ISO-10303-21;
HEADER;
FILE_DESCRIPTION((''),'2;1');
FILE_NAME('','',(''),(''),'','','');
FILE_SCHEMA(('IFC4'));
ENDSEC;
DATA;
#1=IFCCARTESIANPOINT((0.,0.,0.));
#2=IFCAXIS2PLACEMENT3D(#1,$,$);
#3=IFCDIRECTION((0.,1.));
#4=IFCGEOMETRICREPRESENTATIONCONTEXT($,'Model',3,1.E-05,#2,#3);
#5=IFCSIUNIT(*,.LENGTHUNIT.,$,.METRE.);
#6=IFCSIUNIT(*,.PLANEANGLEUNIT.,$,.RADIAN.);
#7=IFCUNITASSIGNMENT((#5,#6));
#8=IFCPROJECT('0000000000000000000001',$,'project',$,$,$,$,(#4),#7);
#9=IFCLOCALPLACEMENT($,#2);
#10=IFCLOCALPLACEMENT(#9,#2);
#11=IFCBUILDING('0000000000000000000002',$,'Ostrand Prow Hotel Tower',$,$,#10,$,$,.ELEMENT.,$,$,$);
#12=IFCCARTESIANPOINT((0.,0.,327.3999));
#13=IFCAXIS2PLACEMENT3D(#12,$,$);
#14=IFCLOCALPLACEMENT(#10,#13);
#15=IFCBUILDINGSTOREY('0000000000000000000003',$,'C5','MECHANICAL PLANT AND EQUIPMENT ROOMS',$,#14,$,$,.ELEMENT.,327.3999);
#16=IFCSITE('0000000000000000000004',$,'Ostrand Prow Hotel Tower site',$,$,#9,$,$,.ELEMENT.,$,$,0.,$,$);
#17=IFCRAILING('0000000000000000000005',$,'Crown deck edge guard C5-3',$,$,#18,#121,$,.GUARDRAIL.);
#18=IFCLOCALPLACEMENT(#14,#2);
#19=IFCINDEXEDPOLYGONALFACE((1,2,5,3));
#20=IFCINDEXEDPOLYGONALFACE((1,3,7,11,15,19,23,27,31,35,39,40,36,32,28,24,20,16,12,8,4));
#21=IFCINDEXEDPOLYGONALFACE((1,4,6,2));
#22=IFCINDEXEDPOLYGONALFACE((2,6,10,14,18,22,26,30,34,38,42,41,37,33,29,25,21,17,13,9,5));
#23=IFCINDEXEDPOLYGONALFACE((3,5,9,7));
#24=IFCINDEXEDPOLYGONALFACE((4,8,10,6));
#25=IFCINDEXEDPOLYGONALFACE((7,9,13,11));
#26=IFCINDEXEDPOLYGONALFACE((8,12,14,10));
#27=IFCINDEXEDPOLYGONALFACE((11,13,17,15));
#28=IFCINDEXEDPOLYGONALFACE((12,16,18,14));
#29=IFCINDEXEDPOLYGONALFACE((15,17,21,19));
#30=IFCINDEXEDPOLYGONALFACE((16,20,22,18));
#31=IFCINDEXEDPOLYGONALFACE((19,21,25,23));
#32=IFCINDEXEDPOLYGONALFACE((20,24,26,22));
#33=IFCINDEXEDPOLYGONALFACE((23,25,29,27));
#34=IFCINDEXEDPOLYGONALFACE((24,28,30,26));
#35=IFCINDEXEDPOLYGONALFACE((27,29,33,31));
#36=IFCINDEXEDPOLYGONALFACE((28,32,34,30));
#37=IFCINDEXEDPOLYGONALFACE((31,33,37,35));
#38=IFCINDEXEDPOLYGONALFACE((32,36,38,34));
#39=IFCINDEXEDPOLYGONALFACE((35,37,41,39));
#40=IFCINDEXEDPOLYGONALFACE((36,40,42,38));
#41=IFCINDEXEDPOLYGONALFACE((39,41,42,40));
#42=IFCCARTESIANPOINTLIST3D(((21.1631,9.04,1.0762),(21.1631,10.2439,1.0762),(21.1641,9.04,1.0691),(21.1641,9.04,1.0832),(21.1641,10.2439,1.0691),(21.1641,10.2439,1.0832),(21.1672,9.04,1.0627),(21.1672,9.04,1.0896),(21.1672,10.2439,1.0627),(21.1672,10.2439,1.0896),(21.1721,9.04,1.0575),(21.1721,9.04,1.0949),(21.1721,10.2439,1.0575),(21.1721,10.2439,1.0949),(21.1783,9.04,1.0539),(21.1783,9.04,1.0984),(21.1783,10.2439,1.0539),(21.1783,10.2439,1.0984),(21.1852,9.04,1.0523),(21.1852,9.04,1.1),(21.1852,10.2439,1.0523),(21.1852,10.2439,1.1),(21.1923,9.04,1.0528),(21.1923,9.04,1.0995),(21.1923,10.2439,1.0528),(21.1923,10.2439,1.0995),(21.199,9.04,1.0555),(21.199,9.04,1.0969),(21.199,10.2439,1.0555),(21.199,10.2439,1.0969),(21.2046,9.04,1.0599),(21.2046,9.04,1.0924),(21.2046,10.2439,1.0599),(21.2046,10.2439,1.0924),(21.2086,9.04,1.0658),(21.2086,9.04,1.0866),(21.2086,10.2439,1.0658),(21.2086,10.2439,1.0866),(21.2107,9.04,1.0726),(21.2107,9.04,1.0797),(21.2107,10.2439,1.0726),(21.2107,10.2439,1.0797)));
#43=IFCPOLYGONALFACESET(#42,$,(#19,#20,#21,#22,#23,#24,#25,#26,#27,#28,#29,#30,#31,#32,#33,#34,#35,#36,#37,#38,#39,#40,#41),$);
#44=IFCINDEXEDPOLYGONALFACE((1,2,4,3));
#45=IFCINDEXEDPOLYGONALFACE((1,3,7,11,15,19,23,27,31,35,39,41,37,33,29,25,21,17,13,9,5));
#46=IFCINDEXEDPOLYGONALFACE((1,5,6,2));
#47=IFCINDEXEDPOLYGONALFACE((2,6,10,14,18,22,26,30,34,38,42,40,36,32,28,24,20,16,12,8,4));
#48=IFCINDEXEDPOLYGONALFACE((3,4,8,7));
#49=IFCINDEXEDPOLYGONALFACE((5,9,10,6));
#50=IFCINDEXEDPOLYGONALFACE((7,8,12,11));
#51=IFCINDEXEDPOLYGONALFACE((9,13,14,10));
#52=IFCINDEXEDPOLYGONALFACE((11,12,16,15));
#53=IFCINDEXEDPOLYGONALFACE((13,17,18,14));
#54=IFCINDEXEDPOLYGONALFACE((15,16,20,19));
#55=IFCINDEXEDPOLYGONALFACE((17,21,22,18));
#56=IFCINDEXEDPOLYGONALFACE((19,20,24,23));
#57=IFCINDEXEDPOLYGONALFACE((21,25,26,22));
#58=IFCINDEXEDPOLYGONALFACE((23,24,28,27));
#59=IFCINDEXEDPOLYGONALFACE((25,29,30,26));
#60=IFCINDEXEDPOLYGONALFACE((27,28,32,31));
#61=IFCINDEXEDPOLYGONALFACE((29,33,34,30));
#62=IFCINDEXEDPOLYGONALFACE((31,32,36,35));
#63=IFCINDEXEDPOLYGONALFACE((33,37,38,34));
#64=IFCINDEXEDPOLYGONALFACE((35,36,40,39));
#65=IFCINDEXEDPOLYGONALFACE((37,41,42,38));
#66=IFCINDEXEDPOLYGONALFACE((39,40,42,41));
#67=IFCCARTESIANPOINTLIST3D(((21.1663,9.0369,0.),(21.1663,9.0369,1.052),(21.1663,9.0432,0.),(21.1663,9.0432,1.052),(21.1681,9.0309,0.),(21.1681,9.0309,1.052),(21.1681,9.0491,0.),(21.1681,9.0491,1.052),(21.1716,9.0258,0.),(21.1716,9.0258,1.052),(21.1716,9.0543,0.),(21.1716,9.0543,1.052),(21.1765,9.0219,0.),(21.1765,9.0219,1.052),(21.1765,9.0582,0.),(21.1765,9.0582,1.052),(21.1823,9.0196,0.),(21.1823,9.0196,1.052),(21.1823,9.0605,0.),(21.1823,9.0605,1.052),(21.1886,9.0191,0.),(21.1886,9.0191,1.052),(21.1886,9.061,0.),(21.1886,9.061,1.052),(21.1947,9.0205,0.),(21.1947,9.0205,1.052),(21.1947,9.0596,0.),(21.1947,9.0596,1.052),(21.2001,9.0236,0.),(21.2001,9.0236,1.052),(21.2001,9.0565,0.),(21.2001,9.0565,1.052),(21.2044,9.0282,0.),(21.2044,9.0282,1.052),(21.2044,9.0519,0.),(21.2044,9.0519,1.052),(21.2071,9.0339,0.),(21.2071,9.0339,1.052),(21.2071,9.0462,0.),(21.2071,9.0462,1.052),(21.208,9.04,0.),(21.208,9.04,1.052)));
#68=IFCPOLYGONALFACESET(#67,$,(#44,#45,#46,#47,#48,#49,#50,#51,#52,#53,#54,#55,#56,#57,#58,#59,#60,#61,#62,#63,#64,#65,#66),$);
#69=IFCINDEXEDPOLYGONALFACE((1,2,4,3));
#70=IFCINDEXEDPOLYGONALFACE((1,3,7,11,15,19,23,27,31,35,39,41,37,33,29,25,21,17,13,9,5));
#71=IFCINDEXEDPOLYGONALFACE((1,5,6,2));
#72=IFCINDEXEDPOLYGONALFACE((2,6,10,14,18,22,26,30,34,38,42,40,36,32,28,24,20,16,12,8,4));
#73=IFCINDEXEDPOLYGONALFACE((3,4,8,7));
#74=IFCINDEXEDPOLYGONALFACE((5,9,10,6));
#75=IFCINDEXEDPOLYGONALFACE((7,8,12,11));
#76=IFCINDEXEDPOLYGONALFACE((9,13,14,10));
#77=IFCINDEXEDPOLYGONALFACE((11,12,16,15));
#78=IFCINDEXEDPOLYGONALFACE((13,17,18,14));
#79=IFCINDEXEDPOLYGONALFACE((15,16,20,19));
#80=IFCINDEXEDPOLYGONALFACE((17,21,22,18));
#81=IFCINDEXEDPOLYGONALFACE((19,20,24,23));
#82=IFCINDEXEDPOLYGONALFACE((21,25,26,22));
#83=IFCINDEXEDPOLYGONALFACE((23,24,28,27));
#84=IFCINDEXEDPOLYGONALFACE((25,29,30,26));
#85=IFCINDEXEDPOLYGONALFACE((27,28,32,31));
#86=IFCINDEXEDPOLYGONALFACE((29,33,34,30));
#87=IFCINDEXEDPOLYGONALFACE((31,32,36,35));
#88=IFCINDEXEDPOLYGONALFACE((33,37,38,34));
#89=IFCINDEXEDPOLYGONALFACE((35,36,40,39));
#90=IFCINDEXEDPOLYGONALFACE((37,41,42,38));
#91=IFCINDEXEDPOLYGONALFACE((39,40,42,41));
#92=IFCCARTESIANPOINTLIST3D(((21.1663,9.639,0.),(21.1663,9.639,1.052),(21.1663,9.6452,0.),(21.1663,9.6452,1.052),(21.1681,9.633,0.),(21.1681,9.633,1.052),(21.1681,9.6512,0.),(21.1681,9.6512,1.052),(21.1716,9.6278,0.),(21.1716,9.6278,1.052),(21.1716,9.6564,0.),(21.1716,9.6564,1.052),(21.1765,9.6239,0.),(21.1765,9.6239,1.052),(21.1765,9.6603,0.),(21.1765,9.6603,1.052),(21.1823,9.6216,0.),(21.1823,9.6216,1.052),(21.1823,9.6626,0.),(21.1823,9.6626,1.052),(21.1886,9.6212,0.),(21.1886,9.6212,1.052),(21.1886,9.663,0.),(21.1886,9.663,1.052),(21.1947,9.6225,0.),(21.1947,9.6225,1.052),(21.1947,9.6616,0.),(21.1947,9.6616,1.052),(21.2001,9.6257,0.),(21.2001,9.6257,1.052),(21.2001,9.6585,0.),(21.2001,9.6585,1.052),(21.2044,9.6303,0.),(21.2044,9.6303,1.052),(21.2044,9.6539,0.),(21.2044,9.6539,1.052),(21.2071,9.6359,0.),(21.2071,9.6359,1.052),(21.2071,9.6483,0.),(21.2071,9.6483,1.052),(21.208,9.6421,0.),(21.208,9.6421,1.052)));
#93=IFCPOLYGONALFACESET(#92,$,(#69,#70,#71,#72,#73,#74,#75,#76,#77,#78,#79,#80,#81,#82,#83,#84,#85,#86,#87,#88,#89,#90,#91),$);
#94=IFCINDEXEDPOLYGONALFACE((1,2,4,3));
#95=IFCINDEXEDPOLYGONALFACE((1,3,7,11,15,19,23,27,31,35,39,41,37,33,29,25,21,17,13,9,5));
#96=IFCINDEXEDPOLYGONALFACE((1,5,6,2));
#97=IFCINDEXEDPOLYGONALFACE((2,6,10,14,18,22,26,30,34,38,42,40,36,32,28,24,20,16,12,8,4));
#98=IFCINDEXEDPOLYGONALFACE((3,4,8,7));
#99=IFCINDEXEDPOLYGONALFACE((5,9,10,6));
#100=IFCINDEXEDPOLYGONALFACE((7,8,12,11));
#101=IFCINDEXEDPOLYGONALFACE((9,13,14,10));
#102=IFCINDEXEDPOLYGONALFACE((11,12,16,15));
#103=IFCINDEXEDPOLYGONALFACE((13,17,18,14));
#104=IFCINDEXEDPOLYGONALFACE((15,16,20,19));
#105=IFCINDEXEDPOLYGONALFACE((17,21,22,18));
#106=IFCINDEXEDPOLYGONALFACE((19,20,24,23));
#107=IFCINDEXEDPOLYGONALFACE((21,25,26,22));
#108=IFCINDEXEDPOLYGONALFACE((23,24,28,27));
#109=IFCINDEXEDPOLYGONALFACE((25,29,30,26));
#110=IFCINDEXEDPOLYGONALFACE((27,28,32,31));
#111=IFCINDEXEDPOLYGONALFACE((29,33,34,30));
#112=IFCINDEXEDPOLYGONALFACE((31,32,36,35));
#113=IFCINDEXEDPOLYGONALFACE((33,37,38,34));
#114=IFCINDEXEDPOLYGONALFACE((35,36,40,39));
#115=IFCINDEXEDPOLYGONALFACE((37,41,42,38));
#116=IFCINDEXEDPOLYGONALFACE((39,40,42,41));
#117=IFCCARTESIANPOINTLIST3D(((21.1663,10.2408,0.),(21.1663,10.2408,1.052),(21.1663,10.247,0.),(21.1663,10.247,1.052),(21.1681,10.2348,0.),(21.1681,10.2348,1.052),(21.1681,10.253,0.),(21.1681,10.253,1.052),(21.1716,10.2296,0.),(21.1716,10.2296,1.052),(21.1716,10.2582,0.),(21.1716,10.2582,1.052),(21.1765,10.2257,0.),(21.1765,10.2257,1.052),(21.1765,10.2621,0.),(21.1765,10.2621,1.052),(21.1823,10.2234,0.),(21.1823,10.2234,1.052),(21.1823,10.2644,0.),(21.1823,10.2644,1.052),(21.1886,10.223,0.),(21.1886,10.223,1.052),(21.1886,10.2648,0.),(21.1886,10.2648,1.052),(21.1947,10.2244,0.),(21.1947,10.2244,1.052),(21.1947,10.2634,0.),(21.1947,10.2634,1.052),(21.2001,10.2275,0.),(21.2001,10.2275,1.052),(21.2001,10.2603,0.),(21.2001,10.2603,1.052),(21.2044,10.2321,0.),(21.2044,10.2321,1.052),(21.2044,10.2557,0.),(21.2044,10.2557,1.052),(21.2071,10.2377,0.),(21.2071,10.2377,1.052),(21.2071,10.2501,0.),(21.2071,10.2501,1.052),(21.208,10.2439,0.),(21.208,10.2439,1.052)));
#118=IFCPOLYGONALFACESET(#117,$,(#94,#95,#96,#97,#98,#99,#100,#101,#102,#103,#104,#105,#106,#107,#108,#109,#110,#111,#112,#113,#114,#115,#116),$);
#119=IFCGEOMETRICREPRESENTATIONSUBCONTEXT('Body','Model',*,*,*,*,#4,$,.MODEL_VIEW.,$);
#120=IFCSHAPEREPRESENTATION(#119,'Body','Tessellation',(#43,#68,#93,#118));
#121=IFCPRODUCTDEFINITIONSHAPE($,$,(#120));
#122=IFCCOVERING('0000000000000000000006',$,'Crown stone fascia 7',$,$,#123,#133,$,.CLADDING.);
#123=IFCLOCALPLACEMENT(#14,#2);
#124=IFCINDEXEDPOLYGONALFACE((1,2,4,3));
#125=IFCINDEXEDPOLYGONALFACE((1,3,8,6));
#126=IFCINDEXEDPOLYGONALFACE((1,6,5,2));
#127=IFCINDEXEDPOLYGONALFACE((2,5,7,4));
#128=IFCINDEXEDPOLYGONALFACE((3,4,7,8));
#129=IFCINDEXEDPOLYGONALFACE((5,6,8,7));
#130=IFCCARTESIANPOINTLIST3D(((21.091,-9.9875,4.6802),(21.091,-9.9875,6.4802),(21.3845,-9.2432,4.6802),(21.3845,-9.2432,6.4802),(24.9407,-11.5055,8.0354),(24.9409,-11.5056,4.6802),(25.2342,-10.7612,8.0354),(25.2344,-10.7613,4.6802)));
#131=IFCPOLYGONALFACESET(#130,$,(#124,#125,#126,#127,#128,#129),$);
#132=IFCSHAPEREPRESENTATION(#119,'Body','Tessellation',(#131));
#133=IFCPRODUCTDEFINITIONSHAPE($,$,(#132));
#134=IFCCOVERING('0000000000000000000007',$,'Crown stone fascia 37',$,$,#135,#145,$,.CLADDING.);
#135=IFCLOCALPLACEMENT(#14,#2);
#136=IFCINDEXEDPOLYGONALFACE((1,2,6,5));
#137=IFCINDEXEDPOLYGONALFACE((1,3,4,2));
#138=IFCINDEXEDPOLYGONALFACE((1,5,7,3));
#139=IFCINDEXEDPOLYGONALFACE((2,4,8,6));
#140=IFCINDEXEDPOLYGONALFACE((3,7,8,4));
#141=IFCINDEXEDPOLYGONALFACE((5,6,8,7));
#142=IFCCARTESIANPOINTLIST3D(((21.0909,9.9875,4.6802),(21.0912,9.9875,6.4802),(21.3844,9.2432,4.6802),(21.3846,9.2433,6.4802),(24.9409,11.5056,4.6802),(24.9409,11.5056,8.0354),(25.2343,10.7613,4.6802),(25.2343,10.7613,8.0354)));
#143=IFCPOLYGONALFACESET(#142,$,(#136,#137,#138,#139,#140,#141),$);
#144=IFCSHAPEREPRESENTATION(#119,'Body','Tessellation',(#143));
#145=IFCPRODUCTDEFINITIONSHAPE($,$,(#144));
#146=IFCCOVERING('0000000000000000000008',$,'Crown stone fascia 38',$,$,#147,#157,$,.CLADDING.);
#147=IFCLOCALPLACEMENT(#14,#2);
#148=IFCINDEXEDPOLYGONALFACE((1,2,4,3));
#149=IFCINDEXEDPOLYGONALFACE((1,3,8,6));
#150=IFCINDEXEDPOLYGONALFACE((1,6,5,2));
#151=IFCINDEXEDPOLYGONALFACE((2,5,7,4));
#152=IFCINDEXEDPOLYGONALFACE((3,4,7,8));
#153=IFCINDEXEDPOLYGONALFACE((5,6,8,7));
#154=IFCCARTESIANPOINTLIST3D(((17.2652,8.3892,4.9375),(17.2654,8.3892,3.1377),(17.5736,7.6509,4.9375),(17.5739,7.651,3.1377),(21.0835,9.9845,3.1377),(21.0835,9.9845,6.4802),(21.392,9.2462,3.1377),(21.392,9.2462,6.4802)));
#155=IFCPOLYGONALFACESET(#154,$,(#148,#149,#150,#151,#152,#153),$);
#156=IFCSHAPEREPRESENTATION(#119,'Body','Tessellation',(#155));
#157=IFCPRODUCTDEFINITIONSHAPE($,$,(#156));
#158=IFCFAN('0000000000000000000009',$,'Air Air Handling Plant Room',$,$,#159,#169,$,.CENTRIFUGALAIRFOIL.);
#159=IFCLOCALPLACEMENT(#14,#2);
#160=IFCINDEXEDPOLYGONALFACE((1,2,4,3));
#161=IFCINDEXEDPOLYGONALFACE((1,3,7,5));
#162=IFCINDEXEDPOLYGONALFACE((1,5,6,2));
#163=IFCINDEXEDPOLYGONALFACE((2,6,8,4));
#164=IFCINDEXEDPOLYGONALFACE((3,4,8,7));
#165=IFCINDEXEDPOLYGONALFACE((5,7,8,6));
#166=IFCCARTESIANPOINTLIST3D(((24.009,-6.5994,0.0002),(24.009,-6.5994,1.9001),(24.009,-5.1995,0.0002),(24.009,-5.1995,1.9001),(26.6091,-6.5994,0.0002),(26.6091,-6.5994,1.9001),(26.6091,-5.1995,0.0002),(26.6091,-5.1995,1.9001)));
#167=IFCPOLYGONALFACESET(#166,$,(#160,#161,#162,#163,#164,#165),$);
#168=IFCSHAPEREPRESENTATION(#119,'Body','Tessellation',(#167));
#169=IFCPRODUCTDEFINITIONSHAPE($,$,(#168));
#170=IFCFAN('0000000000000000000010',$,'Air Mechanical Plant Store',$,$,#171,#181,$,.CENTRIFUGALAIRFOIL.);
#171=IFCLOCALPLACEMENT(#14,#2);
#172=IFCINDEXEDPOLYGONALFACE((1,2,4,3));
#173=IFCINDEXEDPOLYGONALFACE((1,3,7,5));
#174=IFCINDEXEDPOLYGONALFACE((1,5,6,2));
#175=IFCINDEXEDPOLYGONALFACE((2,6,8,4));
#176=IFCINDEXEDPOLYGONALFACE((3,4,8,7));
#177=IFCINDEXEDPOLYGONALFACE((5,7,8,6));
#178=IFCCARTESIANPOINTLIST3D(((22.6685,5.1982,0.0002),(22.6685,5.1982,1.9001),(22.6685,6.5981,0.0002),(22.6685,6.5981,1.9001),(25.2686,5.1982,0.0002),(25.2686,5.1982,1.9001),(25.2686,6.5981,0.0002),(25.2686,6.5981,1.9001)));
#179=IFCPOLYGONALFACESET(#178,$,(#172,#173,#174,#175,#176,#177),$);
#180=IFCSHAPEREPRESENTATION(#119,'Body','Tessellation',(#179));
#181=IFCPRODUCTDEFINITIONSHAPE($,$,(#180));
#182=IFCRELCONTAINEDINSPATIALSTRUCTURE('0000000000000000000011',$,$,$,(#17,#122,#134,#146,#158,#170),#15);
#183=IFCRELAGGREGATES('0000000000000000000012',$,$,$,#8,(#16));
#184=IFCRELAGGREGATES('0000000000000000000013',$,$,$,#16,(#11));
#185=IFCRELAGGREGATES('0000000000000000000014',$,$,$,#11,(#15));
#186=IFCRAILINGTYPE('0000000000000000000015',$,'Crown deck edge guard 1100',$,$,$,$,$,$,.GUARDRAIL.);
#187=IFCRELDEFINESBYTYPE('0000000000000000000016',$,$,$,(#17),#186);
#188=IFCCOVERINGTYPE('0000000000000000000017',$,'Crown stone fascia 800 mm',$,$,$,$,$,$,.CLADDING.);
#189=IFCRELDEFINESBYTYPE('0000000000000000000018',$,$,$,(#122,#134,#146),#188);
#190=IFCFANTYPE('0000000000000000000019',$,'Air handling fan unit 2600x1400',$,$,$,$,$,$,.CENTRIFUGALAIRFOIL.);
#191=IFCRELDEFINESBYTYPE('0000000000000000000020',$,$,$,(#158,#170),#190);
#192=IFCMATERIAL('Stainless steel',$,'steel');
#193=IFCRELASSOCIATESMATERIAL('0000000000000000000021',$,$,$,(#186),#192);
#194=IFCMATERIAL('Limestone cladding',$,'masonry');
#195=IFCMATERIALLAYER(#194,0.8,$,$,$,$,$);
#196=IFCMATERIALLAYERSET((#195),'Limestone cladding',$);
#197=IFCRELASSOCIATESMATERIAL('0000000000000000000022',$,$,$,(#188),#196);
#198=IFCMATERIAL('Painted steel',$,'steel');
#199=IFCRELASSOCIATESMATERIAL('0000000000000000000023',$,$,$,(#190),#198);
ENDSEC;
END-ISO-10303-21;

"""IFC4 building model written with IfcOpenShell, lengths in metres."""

from ifc_helpers import new_model, si_unit, direction, frame, origin, origin_2d, place, context, subcontext, project, spatial, polyline, rectangle, circle, outline, extrude, material, layer, layer_set, type_object, element, save


model = new_model("IFC4")

# Units and contexts
model_context = context("Model", 3, precision=1e-05, world=origin(), true_north=direction((0.0, 1.0)))
body_context = subcontext(model_context, "Body", "Model", "MODEL_VIEW")
ifc_project = project(units=[si_unit("LENGTHUNIT", "METRE"), si_unit("PLANEANGLEUNIT", "RADIAN")], contexts=[model_context])

# Site, building, storey
site_placement = place(None, origin())
site = spatial("IfcSite", under=ifc_project, at=site_placement, Name="Ostrand Prow Hotel Tower site", CompositionType="ELEMENT", RefElevation=0.0)
building_placement = place(site_placement, origin())
building = spatial("IfcBuilding", under=site, at=building_placement, Name="Ostrand Prow Hotel Tower", CompositionType="ELEMENT")
storey_placement = place(building_placement, frame((0.0, 0.0, 327.3999)))
storey = spatial("IfcBuildingStorey", under=building, at=storey_placement, Name="C5", Description="MECHANICAL PLANT AND EQUIPMENT ROOMS", CompositionType="ELEMENT", Elevation=327.3999)

# Railing
ifc_material_1 = material(Name="Stainless steel", Category="steel")
railing_type = type_object("IfcRailingType", Name="Crown deck edge guard 1100", PredefinedType="GUARDRAIL", material=ifc_material_1)
railing_1_placement = place(storey_placement, frame((21.187, 9.04, 0.0)))
element("IfcRailing", 1, at=railing_1_placement, inside=storey, type_object=railing_type, Name="Crown deck edge guard C5-3", PredefinedType="GUARDRAIL", context=body_context, shape_type="SweptSolid", body=[
    extrude(circle(Radius=0.0239, at=origin_2d()), frame((0.0, 0.0, 1.0762), z_axis=(0.0, 1.0, 0.0), x_axis=(-1.0, 0.0, 0.0)), (0.0, 0.0, 1.0), 1.2039),
    extrude(circle(Radius=0.021, at=origin_2d()), origin(), (0.0, 0.0, 1.0), 1.052),
    extrude(circle(Radius=0.021, at=origin_2d()), frame((0.0, 0.6021, 0.0)), (0.0, 0.0, 1.0), 1.052),
    extrude(circle(Radius=0.021, at=origin_2d()), frame((0.0, 1.2039, 0.0)), (0.0, 0.0, 1.0), 1.052),
])

# Coverings
ifc_material_2 = material(Name="Limestone cladding", Category="masonry")
ifc_layer_1 = layer(ifc_material_2, 0.8)
ifc_layer_set_1 = layer_set([ifc_layer_1], Name="Limestone cladding")
covering_type_1 = type_object("IfcCoveringType", Name="Crown stone fascia 800 mm", PredefinedType="CLADDING", material=ifc_layer_set_1)
covering_1_placement = place(storey_placement, frame((21.2378, -9.6152, 4.6802), z_axis=(0.0, 0.0, 1.0), x_axis=(0.930288, -0.366829, 0.0)))
element("IfcCovering", 2, at=covering_1_placement, inside=storey, type_object=covering_type_1, Name="Crown stone fascia 7", PredefinedType="CLADDING", context=body_context, shape_type="SweptSolid", body=[
    extrude(outline(polyline([(0.0, 0.0), (4.1384, 0.0), (4.1382, 3.3552), (0.0, 1.8), (0.0, 0.0)])), frame((0.0, 0.3999, 0.0), z_axis=(0.0, -1.0, 0.0), x_axis=(1.0, 0.0, 0.0)), (0.0, 0.0, 1.0), 0.8),
])
covering_2_placement = place(storey_placement, frame((25.0876, 11.1333, 4.6802), z_axis=(0.0, 0.0, 1.0), x_axis=(-0.930288, -0.366829, 0.0)))
element("IfcCovering", 3, at=covering_2_placement, inside=storey, type_object=covering_type_1, Name="Crown stone fascia 37", PredefinedType="CLADDING", context=body_context, shape_type="SweptSolid", body=[
    extrude(outline(polyline([(0.0, 0.0), (4.1384, 0.0), (4.1382, 1.8), (0.0, 3.3552), (0.0, 0.0)])), frame((0.0, 0.3999, 0.0), z_axis=(0.0, -1.0, 0.0), x_axis=(1.0, 0.0, 0.0)), (0.0, 0.0, 1.0), 0.8),
])
covering_3_placement = place(storey_placement, frame((21.2378, 9.6152, 3.1377), z_axis=(0.0, 0.0, 1.0), x_axis=(-0.922705, -0.385508, 0.0)))
element("IfcCovering", 4, at=covering_3_placement, inside=storey, type_object=covering_type_1, Name="Crown stone fascia 38", PredefinedType="CLADDING", context=body_context, shape_type="SweptSolid", body=[
    extrude(outline(polyline([(0.0, 0.0), (4.1379, 0.0), (4.1382, 1.7998), (0.0, 3.3425), (0.0, 0.0)])), frame((0.0, 0.3999, 0.0), z_axis=(0.0, -1.0, 0.0), x_axis=(1.0, 0.0, 0.0)), (0.0, 0.0, 1.0), 0.8),
])

# Fans
ifc_material_3 = material(Name="Painted steel", Category="steel")
fan_type = type_object("IfcFanType", Name="Air handling fan unit 2600x1400", PredefinedType="CENTRIFUGALAIRFOIL", material=ifc_material_3)
for number, where, z_axis, x_axis, name in (
    (5, (25.3091, -5.8994, 0.0002), (0.0, 0.0, 1.0), (1.0, 0.0, 0.0), "Air Air Handling Plant Room"),
    (6, (23.9685, 5.8982, 0.0002), (0.0, 0.0, 1.0), (1.0, 0.0, 0.0), "Air Mechanical Plant Store"),
):
    element("IfcFan", number, at=place(storey_placement, frame(where, z_axis=z_axis, x_axis=x_axis)), inside=storey, type_object=fan_type, Name=name, PredefinedType="CENTRIFUGALAIRFOIL", context=body_context, shape_type="SweptSolid", body=[
        extrude(rectangle(XDim=2.6001, YDim=1.3999, at=origin_2d()), origin(), (0.0, 0.0, 1.0), 1.8999),
    ])

save(model, "model.ifc")
